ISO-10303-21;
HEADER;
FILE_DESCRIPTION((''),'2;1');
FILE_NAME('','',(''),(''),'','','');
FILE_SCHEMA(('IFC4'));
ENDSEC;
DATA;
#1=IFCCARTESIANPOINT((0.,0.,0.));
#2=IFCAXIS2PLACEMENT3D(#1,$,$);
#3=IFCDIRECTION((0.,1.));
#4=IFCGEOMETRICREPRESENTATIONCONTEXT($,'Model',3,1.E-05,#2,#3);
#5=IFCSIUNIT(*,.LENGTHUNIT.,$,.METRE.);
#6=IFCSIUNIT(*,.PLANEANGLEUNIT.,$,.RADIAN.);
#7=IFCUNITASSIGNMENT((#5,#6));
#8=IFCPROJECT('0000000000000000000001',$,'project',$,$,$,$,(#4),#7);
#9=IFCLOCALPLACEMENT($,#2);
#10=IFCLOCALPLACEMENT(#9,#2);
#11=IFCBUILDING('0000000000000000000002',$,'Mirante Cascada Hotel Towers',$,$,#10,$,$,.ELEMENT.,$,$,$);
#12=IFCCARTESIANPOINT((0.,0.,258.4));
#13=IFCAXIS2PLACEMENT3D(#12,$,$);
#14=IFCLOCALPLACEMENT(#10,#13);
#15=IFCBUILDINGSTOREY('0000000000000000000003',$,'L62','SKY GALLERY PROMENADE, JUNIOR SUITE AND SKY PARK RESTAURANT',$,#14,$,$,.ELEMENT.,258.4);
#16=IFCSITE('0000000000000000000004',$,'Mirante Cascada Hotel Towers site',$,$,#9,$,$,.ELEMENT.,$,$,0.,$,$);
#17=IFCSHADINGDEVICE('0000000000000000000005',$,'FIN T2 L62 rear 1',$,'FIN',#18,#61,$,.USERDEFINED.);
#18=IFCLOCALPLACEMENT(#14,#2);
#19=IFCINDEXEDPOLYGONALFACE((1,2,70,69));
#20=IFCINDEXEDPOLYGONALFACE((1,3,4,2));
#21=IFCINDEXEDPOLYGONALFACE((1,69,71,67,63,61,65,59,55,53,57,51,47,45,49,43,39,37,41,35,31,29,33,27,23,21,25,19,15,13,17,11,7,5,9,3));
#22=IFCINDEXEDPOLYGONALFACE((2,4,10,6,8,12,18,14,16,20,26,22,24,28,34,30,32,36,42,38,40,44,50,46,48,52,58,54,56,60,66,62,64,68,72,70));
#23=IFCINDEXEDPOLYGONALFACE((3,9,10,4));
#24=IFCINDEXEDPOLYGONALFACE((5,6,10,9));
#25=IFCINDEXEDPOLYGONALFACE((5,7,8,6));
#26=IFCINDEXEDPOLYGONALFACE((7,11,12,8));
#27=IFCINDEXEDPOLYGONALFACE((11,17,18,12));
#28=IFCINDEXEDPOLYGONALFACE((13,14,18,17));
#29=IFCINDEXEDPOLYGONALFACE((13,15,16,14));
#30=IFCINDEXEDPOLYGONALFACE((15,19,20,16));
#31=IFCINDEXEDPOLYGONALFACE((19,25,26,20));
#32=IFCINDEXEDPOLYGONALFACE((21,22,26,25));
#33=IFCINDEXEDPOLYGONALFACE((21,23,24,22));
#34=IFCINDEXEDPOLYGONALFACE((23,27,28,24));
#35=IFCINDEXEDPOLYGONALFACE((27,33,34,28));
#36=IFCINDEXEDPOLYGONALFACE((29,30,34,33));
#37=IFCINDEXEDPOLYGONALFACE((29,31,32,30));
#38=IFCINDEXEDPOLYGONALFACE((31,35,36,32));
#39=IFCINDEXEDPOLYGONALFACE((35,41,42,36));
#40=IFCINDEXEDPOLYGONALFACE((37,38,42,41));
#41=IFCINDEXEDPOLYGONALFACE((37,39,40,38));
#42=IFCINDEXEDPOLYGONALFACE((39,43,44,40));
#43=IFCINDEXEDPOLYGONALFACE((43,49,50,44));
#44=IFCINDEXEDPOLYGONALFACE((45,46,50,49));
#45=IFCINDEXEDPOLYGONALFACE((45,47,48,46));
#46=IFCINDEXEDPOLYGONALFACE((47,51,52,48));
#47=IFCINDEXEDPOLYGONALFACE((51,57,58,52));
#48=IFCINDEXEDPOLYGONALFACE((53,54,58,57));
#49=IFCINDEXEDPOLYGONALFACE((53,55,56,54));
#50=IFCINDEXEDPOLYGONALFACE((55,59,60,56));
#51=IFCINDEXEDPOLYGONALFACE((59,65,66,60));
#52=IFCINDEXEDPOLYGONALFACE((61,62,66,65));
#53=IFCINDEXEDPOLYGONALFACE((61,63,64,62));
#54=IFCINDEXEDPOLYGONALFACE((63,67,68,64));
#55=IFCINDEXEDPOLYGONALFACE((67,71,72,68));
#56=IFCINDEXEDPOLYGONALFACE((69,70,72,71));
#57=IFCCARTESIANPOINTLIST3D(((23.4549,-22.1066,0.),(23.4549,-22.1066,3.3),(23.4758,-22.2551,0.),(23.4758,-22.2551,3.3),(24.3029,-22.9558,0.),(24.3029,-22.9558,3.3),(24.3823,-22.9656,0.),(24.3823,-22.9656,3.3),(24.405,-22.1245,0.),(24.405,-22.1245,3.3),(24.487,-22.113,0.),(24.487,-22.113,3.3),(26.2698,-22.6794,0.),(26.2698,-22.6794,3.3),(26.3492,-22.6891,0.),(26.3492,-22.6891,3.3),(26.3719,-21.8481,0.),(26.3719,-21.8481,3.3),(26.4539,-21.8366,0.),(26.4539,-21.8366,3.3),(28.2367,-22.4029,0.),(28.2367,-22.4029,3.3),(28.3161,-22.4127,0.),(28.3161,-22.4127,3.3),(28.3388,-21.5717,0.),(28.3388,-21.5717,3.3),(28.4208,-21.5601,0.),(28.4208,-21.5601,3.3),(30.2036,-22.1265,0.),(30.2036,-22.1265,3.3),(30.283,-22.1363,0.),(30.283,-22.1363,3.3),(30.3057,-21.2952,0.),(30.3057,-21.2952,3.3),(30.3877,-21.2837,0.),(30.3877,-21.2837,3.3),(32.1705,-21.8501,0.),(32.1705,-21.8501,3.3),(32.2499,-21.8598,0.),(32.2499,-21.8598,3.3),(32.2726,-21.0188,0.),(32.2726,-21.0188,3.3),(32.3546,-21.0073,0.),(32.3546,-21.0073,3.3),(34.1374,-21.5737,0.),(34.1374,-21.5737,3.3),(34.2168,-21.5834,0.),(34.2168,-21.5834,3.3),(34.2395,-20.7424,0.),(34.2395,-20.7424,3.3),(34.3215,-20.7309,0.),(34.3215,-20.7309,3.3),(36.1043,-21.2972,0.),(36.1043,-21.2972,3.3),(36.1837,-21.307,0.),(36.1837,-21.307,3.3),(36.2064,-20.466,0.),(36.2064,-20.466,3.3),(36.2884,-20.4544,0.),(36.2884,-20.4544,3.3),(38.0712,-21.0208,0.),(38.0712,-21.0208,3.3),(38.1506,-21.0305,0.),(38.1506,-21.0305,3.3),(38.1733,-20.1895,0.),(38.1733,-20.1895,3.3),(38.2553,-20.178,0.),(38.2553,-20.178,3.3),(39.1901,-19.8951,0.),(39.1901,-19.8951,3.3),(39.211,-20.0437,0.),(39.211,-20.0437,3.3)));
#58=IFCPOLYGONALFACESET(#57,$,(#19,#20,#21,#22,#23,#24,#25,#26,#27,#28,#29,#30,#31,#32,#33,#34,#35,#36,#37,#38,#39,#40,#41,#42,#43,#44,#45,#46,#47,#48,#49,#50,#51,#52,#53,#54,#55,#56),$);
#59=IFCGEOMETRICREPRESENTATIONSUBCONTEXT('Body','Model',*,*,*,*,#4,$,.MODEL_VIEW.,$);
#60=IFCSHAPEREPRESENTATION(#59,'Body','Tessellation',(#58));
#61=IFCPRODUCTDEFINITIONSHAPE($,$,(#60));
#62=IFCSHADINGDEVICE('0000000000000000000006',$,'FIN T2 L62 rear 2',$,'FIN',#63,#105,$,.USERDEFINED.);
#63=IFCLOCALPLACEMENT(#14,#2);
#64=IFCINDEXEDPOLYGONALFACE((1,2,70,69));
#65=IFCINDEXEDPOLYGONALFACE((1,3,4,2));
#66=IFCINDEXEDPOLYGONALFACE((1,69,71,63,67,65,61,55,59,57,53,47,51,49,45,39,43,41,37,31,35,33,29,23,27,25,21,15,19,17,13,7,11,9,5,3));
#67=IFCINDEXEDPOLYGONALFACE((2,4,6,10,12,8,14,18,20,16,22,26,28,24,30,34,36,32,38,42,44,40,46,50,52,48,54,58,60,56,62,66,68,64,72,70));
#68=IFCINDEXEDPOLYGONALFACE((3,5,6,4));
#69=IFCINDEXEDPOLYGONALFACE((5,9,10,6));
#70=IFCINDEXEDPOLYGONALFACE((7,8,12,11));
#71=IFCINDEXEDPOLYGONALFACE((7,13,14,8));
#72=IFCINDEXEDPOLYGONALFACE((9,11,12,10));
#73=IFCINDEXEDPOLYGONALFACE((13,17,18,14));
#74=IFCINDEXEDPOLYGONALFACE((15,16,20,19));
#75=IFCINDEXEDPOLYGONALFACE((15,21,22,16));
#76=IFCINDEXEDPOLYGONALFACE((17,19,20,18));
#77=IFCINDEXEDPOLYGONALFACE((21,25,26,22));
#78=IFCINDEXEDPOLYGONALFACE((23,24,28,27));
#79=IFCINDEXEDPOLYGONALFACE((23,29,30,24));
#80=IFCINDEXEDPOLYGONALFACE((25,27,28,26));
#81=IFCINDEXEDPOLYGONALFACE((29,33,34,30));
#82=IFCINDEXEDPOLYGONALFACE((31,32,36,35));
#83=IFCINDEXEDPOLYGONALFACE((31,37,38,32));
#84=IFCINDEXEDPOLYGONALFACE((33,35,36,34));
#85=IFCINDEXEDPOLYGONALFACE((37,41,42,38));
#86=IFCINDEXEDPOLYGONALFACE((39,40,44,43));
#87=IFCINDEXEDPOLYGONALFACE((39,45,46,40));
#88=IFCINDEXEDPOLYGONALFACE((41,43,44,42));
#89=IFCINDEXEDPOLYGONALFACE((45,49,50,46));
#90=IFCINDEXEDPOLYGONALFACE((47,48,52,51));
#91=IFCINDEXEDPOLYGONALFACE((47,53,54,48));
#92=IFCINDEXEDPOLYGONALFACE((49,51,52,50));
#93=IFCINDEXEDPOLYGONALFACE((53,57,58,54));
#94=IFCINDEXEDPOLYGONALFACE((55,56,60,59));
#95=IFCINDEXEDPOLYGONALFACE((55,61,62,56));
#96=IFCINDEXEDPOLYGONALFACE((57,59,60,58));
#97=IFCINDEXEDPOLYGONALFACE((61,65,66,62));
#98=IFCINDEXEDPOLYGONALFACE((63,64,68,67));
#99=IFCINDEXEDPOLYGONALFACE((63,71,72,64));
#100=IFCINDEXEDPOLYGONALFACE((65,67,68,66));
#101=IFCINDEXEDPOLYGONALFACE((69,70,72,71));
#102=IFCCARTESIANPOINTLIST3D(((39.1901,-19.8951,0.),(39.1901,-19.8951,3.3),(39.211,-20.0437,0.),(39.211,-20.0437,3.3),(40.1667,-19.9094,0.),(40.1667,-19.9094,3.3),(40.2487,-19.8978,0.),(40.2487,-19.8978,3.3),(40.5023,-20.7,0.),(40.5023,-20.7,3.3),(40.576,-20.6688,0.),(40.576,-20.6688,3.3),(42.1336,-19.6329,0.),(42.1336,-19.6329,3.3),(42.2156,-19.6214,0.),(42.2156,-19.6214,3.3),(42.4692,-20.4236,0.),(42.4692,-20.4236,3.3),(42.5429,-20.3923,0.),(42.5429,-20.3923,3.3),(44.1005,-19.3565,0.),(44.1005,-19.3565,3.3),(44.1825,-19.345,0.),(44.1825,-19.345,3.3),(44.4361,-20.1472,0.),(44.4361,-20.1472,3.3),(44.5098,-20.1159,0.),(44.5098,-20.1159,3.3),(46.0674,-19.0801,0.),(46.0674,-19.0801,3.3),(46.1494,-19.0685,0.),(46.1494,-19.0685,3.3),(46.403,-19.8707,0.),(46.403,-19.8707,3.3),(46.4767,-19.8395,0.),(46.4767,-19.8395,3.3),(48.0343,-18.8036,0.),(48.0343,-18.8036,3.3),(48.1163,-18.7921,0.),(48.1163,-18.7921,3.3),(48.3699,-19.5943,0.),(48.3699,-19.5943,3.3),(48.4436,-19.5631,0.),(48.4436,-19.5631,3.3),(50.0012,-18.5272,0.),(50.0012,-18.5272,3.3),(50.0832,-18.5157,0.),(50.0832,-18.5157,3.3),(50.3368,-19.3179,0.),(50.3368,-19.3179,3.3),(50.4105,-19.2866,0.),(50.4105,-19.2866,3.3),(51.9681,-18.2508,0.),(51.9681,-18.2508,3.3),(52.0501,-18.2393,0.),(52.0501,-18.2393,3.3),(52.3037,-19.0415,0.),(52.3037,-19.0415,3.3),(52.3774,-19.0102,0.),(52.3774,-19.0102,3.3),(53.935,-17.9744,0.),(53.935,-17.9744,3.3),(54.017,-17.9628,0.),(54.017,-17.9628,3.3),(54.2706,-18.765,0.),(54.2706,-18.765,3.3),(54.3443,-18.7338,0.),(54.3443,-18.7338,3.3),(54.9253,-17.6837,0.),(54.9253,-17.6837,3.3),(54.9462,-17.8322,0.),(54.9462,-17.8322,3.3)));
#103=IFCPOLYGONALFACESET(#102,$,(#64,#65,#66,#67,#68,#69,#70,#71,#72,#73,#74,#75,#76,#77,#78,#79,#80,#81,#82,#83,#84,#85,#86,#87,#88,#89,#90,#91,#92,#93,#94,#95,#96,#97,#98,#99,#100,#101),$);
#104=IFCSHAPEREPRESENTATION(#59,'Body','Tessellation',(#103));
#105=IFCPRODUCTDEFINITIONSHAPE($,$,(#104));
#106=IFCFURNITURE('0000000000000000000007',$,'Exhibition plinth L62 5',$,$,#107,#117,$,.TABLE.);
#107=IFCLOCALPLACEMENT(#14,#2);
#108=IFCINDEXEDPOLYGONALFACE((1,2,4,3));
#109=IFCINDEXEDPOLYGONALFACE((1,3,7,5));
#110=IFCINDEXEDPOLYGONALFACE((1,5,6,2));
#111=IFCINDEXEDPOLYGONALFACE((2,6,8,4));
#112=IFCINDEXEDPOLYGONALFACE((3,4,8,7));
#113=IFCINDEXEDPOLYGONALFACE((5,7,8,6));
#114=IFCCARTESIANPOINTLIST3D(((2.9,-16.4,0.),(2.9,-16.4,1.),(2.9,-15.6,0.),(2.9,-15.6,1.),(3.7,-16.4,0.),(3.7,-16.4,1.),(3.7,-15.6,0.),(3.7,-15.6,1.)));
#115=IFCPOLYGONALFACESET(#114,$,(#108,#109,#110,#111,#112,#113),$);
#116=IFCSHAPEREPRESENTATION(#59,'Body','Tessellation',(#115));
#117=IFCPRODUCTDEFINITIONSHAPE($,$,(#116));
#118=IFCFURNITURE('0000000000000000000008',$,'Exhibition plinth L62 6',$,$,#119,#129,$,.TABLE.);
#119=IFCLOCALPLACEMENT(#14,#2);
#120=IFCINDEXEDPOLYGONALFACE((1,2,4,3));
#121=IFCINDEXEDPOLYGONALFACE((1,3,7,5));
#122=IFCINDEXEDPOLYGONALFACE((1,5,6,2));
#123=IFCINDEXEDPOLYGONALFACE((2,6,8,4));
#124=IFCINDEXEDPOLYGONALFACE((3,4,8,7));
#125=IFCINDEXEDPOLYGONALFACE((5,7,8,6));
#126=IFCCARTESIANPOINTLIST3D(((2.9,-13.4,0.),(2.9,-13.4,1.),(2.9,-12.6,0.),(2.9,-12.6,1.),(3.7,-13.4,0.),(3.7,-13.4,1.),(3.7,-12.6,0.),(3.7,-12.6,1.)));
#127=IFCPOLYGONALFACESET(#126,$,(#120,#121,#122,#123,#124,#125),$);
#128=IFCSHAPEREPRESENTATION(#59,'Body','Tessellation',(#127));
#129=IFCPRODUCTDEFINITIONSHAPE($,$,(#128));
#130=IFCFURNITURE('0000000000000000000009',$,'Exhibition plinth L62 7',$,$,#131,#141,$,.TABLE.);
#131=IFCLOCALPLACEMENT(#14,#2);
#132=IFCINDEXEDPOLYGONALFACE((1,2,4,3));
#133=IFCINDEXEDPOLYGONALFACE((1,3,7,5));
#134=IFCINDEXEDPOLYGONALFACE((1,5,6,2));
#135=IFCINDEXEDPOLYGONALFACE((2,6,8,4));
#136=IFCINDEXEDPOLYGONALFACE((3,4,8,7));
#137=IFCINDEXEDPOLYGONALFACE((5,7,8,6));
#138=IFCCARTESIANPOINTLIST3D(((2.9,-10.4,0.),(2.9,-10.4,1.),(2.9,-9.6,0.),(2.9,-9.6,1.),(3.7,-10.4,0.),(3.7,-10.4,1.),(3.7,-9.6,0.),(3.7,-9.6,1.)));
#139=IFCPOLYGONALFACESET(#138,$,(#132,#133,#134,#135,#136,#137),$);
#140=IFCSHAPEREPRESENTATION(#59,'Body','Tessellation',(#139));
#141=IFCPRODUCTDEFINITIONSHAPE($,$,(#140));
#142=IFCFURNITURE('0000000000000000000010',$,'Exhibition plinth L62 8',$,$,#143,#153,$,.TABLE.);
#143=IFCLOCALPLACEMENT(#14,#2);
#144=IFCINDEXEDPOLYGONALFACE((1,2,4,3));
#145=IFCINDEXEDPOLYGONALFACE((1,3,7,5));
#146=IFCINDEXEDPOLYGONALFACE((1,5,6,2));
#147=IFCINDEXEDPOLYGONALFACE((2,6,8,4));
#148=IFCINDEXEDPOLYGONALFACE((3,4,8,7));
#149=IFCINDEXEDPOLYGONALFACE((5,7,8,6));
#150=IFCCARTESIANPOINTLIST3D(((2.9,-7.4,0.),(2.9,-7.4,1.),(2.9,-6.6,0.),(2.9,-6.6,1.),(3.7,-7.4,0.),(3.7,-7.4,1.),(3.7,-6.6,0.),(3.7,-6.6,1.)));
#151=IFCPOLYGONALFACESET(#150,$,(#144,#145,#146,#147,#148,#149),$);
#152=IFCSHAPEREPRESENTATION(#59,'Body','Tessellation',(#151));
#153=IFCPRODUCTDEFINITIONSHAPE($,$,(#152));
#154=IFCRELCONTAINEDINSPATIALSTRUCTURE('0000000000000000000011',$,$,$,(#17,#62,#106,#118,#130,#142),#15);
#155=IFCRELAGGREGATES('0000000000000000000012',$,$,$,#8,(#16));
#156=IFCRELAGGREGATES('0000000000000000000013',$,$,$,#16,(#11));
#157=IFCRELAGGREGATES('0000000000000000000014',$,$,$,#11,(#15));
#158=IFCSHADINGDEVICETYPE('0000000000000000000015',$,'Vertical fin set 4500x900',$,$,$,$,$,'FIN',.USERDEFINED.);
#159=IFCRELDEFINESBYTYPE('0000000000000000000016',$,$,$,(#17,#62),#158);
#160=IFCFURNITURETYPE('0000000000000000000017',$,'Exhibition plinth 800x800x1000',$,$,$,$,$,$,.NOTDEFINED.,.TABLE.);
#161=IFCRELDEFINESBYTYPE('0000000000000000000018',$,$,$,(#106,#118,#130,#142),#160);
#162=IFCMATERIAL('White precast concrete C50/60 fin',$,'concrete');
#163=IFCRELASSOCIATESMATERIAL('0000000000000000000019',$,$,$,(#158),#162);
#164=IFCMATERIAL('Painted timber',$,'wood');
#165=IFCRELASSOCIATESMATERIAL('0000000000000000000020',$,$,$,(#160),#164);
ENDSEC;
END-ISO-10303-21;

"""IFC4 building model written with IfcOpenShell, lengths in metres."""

from ifc_helpers import new_model, si_unit, direction, frame, origin, origin_2d, place, context, subcontext, project, spatial, polyline, rectangle, outline, extrude, material, type_object, element, save


model = new_model("IFC4")

# Units and contexts
model_context = context("Model", 3, precision=1e-05, world=origin(), true_north=direction((0.0, 1.0)))
body_context = subcontext(model_context, "Body", "Model", "MODEL_VIEW")
ifc_project = project(units=[si_unit("LENGTHUNIT", "METRE"), si_unit("PLANEANGLEUNIT", "RADIAN")], contexts=[model_context])

# Site, building, storey
site_placement = place(None, origin())
site = spatial("IfcSite", under=ifc_project, at=site_placement, Name="Mirante Cascada Hotel Towers site", CompositionType="ELEMENT", RefElevation=0.0)
building_placement = place(site_placement, origin())
building = spatial("IfcBuilding", under=site, at=building_placement, Name="Mirante Cascada Hotel Towers", CompositionType="ELEMENT")
storey_placement = place(building_placement, frame((0.0, 0.0, 258.4)))
storey = spatial("IfcBuildingStorey", under=building, at=storey_placement, Name="L62", Description="SKY GALLERY PROMENADE, JUNIOR SUITE AND SKY PARK RESTAURANT", CompositionType="ELEMENT", Elevation=258.4)

# Shading devices
ifc_material_1 = material(Name="White precast concrete C50/60 fin", Category="concrete")
shading_device_type = type_object("IfcShadingDeviceType", Name="Vertical fin set 4500x900", ElementType="FIN", PredefinedType="USERDEFINED", material=ifc_material_1)
shading_device_1_placement = place(storey_placement, origin())
element("IfcShadingDevice", 1, at=shading_device_1_placement, inside=storey, type_object=shading_device_type, Name="FIN T2 L62 rear 1", ObjectType="FIN", PredefinedType="USERDEFINED", context=body_context, shape_type="SweptSolid", body=[
    extrude(outline(polyline([(24.3029, -22.9558), (24.405, -22.1245), (23.4758, -22.2551), (23.4549, -22.1066), (39.1901, -19.8951), (39.211, -20.0437), (38.2553, -20.178), (38.1506, -21.0305), (38.0712, -21.0208), (38.1733, -20.1895), (36.2884, -20.4544), (36.1837, -21.307), (36.1043, -21.2972), (36.2064, -20.466), (34.3215, -20.7309), (34.2168, -21.5834), (34.1374, -21.5737), (34.2395, -20.7424), (32.3546, -21.0073), (32.2499, -21.8598), (32.1705, -21.8501), (32.2726, -21.0188), (30.3877, -21.2837), (30.283, -22.1363), (30.2036, -22.1265), (30.3057, -21.2952), (28.4208, -21.5601), (28.3161, -22.4127), (28.2367, -22.4029), (28.3388, -21.5717), (26.4539, -21.8366), (26.3492, -22.6891), (26.2698, -22.6794), (26.3719, -21.8481), (24.487, -22.113), (24.3823, -22.9656), (24.3029, -22.9558)])), origin(), (0.0, 0.0, 1.0), 3.3),
])
shading_device_2_placement = place(storey_placement, origin())
element("IfcShadingDevice", 2, at=shading_device_2_placement, inside=storey, type_object=shading_device_type, Name="FIN T2 L62 rear 2", ObjectType="FIN", PredefinedType="USERDEFINED", context=body_context, shape_type="SweptSolid", body=[
    extrude(outline(polyline([(40.5023, -20.7), (40.1667, -19.9094), (39.211, -20.0437), (39.1901, -19.8951), (54.9253, -17.6837), (54.9462, -17.8322), (54.017, -17.9628), (54.3443, -18.7338), (54.2706, -18.765), (53.935, -17.9744), (52.0501, -18.2393), (52.3774, -19.0102), (52.3037, -19.0415), (51.9681, -18.2508), (50.0832, -18.5157), (50.4105, -19.2866), (50.3368, -19.3179), (50.0012, -18.5272), (48.1163, -18.7921), (48.4436, -19.5631), (48.3699, -19.5943), (48.0343, -18.8036), (46.1494, -19.0685), (46.4767, -19.8395), (46.403, -19.8707), (46.0674, -19.0801), (44.1825, -19.345), (44.5098, -20.1159), (44.4361, -20.1472), (44.1005, -19.3565), (42.2156, -19.6214), (42.5429, -20.3923), (42.4692, -20.4236), (42.1336, -19.6329), (40.2487, -19.8978), (40.576, -20.6688), (40.5023, -20.7)])), origin(), (0.0, 0.0, 1.0), 3.3),
])

# Furniture
ifc_material_2 = material(Name="Painted timber", Category="wood")
furniture_type = type_object("IfcFurnitureType", Name="Exhibition plinth 800x800x1000", AssemblyPlace="NOTDEFINED", PredefinedType="TABLE", material=ifc_material_2)
for number, where, z_axis, x_axis, name in (
    (3, (3.3, -16.0, 0.0), (0.0, 0.0, 1.0), (1.0, 0.0, 0.0), "Exhibition plinth L62 5"),
    (4, (3.3, -13.0, 0.0), (0.0, 0.0, 1.0), (1.0, 0.0, 0.0), "Exhibition plinth L62 6"),
    (5, (3.3, -10.0, 0.0), (0.0, 0.0, 1.0), (1.0, 0.0, 0.0), "Exhibition plinth L62 7"),
    (6, (3.3, -7.0, 0.0), (0.0, 0.0, 1.0), (1.0, 0.0, 0.0), "Exhibition plinth L62 8"),
):
    element("IfcFurniture", number, at=place(storey_placement, frame(where, z_axis=z_axis, x_axis=x_axis)), inside=storey, type_object=furniture_type, Name=name, PredefinedType="TABLE", context=body_context, shape_type="SweptSolid", body=[
        extrude(rectangle(XDim=0.8, YDim=0.8, at=origin_2d()), origin(), (0.0, 0.0, 1.0), 1.0),
    ])

save(model, "model.ifc")
